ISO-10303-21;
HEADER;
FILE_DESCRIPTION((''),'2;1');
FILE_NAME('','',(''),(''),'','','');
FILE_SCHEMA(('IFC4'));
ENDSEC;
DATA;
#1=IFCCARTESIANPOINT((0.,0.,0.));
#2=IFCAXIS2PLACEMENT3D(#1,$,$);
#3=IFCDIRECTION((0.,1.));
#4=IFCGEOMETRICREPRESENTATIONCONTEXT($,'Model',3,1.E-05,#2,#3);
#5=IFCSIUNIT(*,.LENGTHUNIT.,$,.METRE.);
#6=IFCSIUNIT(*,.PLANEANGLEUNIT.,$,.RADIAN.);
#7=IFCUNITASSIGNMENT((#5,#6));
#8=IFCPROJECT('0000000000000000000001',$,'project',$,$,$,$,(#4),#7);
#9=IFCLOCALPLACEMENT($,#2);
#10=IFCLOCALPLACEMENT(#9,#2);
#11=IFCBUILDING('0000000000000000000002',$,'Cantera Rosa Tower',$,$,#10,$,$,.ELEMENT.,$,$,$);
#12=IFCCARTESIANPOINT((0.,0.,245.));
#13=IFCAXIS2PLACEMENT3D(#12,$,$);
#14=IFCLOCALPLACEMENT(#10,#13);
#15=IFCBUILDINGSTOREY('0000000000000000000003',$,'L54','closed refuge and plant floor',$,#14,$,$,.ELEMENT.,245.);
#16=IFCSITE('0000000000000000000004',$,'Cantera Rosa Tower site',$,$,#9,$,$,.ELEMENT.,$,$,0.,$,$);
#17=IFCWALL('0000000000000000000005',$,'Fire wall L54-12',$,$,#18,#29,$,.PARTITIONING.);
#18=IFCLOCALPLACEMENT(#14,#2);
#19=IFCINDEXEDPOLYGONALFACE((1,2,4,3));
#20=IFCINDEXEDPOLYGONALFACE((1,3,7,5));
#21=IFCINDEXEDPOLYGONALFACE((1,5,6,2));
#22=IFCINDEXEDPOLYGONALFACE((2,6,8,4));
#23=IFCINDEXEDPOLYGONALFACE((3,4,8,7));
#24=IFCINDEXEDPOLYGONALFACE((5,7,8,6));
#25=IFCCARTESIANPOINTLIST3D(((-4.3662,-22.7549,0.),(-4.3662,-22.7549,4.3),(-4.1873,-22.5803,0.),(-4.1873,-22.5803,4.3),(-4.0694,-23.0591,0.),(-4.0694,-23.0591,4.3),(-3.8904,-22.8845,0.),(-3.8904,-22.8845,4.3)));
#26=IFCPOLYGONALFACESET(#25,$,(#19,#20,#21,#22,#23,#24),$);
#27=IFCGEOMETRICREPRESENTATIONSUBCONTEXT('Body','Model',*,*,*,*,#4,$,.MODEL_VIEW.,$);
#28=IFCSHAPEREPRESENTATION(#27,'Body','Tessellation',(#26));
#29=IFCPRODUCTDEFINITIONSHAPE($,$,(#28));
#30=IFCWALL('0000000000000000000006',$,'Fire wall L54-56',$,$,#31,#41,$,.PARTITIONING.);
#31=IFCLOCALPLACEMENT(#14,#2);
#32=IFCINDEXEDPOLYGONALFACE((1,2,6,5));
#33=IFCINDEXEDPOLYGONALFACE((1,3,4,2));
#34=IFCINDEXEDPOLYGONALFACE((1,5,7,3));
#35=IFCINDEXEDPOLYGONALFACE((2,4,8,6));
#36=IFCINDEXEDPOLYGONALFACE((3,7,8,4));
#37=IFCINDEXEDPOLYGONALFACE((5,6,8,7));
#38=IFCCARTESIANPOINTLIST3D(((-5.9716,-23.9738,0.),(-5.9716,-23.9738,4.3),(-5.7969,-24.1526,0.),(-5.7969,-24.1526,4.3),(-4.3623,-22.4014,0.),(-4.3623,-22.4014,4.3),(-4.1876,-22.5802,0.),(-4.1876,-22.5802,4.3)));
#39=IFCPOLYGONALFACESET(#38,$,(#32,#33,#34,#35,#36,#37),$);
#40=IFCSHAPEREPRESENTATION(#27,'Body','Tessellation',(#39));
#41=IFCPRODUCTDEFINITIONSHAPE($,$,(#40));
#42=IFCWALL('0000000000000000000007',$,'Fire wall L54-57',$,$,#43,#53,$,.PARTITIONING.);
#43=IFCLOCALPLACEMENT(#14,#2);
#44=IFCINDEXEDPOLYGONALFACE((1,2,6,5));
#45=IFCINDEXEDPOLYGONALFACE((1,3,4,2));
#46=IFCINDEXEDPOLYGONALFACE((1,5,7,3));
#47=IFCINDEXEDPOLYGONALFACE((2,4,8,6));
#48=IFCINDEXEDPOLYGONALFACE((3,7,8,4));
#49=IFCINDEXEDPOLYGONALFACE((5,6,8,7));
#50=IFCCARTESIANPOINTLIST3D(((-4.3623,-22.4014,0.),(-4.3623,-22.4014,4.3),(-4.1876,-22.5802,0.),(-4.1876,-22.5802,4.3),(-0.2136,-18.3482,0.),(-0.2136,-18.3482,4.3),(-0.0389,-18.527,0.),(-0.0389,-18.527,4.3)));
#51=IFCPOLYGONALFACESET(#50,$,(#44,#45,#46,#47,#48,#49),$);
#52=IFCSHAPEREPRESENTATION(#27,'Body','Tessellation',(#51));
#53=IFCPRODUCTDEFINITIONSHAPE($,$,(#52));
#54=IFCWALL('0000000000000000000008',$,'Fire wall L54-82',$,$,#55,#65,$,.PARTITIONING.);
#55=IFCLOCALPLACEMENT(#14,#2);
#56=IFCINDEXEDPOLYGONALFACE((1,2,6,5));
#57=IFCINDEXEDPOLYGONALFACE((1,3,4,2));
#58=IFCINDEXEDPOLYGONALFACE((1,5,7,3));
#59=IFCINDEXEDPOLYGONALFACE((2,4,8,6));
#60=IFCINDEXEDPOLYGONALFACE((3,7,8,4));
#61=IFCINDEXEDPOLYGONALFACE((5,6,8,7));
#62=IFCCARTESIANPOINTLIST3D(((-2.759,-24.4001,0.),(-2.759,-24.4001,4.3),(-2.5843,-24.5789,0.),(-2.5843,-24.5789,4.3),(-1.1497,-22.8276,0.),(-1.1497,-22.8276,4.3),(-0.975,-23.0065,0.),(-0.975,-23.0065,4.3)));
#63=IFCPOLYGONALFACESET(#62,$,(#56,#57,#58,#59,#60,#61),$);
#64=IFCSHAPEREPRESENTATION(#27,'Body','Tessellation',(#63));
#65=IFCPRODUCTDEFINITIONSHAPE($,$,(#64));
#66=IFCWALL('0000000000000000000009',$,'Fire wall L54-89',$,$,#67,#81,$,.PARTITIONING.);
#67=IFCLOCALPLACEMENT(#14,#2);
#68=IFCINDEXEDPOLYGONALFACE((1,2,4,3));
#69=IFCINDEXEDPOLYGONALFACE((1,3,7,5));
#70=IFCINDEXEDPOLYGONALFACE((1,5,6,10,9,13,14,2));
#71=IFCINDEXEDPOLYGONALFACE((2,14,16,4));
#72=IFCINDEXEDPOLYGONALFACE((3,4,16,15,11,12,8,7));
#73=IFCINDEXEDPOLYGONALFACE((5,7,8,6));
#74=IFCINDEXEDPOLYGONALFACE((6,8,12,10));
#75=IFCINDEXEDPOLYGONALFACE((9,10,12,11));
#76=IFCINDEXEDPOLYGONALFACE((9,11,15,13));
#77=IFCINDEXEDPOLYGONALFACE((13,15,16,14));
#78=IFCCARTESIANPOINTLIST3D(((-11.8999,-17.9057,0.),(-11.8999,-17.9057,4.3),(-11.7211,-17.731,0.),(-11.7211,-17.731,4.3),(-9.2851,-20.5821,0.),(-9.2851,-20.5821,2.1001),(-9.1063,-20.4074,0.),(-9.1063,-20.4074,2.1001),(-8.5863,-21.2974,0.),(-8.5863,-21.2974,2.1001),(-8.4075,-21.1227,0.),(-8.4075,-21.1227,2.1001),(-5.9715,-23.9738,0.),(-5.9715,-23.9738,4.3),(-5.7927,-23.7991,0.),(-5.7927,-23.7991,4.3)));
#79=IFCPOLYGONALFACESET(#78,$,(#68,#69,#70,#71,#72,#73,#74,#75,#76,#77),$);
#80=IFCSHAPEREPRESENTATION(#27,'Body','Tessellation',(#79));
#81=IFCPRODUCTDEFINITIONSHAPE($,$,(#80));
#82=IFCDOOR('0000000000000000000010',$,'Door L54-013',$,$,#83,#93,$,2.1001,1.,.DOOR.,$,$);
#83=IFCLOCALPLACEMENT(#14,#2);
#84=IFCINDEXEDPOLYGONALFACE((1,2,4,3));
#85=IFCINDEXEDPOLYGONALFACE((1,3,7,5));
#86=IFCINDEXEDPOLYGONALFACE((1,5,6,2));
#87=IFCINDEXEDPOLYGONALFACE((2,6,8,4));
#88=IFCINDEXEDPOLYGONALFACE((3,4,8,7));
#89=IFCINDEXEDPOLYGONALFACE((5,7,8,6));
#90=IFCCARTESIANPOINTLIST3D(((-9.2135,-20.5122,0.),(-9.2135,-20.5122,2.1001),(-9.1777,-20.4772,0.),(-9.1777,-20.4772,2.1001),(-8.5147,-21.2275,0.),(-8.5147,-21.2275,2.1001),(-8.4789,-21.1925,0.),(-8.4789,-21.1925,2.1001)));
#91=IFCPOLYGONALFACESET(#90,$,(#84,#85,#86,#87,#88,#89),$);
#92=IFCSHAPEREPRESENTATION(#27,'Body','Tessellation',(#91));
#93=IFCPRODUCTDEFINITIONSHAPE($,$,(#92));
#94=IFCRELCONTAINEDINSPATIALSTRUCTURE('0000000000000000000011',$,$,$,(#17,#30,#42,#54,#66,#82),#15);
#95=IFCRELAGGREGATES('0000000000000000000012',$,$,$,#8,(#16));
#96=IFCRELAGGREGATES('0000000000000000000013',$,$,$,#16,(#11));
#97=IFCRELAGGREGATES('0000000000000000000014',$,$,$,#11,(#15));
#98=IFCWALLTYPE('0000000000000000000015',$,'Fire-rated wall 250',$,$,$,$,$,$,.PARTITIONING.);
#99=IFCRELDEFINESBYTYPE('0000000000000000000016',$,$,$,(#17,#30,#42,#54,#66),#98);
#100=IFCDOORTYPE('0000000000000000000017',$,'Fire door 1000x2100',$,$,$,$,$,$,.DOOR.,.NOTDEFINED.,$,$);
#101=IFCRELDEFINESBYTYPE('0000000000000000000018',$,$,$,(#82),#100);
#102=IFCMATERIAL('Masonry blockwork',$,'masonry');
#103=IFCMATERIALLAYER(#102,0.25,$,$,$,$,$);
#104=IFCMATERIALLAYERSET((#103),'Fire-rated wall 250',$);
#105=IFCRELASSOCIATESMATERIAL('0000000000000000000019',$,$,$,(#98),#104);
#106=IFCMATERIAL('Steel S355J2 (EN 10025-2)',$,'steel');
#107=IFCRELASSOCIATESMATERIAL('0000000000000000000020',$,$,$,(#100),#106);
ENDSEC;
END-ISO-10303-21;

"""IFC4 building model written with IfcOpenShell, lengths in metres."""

from ifc_helpers import new_model, si_unit, direction, frame, frame_2d, origin, place, context, subcontext, project, spatial, rectangle, extrude, material, layer, layer_set, type_object, element, fill, save


model = new_model("IFC4")

# Units and contexts
model_context = context("Model", 3, precision=1e-05, world=origin(), true_north=direction((0.0, 1.0)))
body_context = subcontext(model_context, "Body", "Model", "MODEL_VIEW")
ifc_project = project(units=[si_unit("LENGTHUNIT", "METRE"), si_unit("PLANEANGLEUNIT", "RADIAN")], contexts=[model_context])

# Site, building, storey
site_placement = place(None, origin())
site = spatial("IfcSite", under=ifc_project, at=site_placement, Name="Cantera Rosa Tower site", CompositionType="ELEMENT", RefElevation=0.0)
building_placement = place(site_placement, origin())
building = spatial("IfcBuilding", under=site, at=building_placement, Name="Cantera Rosa Tower", CompositionType="ELEMENT")
storey_placement = place(building_placement, frame((0.0, 0.0, 245.0)))
storey = spatial("IfcBuildingStorey", under=building, at=storey_placement, Name="L54", Description="closed refuge and plant floor", CompositionType="ELEMENT", Elevation=245.0)

# Walls
ifc_material_1 = material(Name="Masonry blockwork", Category="masonry")
ifc_layer_1 = layer(ifc_material_1, 0.25)
ifc_layer_set_1 = layer_set([ifc_layer_1], Name="Fire-rated wall 250")
wall_type = type_object("IfcWallType", Name="Fire-rated wall 250", PredefinedType="PARTITIONING", material=ifc_layer_set_1)
wall_1_placement = place(storey_placement, frame((-3.98, -22.9717, 0.0), z_axis=(0.0, 0.0, 1.0), x_axis=(-0.698439, 0.71567, 0.0)))
element("IfcWall", 1, at=wall_1_placement, inside=storey, type_object=wall_type, Name="Fire wall L54-12", PredefinedType="PARTITIONING", context=body_context, shape_type="SweptSolid", body=[
    extrude(rectangle(XDim=0.425, YDim=0.25, at=frame_2d((0.2124, 0.0))), origin(), (0.0, 0.0, 1.0), 4.3),
])
wall_2_placement = place(storey_placement, frame((-5.8843, -24.0632, 0.0), z_axis=(0.0, 0.0, 1.0), x_axis=(0.715251, 0.698867, 0.0)))
element("IfcWall", 2, at=wall_2_placement, inside=storey, type_object=wall_type, Name="Fire wall L54-56", PredefinedType="PARTITIONING", context=body_context, shape_type="SweptSolid", body=[
    extrude(rectangle(XDim=2.25, YDim=0.25, at=frame_2d((1.125, 0.0))), origin(), (0.0, 0.0, 1.0), 4.3),
])
wall_3_placement = place(storey_placement, frame((-4.2749, -22.4907, 0.0), z_axis=(0.0, 0.0, 1.0), x_axis=(0.715288, 0.69883, 0.0)))
element("IfcWall", 3, at=wall_3_placement, inside=storey, type_object=wall_type, Name="Fire wall L54-57", PredefinedType="PARTITIONING", context=body_context, shape_type="SweptSolid", body=[
    extrude(rectangle(XDim=5.8, YDim=0.25, at=frame_2d((2.8999, 0.0))), origin(), (0.0, 0.0, 1.0), 4.3),
])
wall_4_placement = place(storey_placement, frame((-2.6716, -24.4895, 0.0), z_axis=(0.0, 0.0, 1.0), x_axis=(0.715251, 0.698867, 0.0)))
element("IfcWall", 4, at=wall_4_placement, inside=storey, type_object=wall_type, Name="Fire wall L54-82", PredefinedType="PARTITIONING", context=body_context, shape_type="SweptSolid", body=[
    extrude(rectangle(XDim=2.25, YDim=0.25, at=frame_2d((1.125, 0.0))), origin(), (0.0, 0.0, 1.0), 4.3),
])

# Wall, opening, door
wall_5_placement = place(storey_placement, frame((-5.8821, -23.8865, 0.0), z_axis=(0.0, 0.0, 1.0), x_axis=(-0.698828, 0.71529, 0.0)))
wall_5 = element("IfcWall", 5, at=wall_5_placement, inside=storey, type_object=wall_type, Name="Fire wall L54-89", PredefinedType="PARTITIONING", context=body_context, shape_type="SweptSolid", body=[
    extrude(rectangle(XDim=8.4834, YDim=0.25, at=frame_2d((4.2417, 0.0))), origin(), (0.0, 0.0, 1.0), 4.3),
])
opening_placement = place(wall_5_placement, frame((3.7417, 0.0, 0.0)))
opening = element("IfcOpeningElement", 6, at=opening_placement, cuts=wall_5, PredefinedType="OPENING", context=body_context, shape_type="SweptSolid", body=[
    extrude(rectangle(XDim=1.0, YDim=2.1001, at=frame_2d((0.5, 1.05))), frame((0.0, 0.135, 0.0), z_axis=(0.0, -1.0, 0.0), x_axis=(1.0, 0.0, 0.0)), (0.0, 0.0, 1.0), 0.27),
])
ifc_material_2 = material(Name="Steel S355J2 (EN 10025-2)", Category="steel")
door_type = type_object("IfcDoorType", Name="Fire door 1000x2100", OperationType="NOTDEFINED", PredefinedType="DOOR", material=ifc_material_2)
door_placement = place(opening_placement, origin())
door = element("IfcDoor", 7, at=door_placement, inside=storey, type_object=door_type, Name="Door L54-013", OverallHeight=2.1001, OverallWidth=1.0, PredefinedType="DOOR", context=body_context, shape_type="SweptSolid", body=[
    extrude(rectangle(XDim=1.0, YDim=2.1001, at=frame_2d((0.5, 1.05))), frame((0.0, 0.0249, 0.0), z_axis=(0.0, -1.0, 0.0), x_axis=(1.0, 0.0, 0.0)), (0.0, 0.0, 1.0), 0.05),
])
fill(opening, door)

save(model, "model.ifc")
